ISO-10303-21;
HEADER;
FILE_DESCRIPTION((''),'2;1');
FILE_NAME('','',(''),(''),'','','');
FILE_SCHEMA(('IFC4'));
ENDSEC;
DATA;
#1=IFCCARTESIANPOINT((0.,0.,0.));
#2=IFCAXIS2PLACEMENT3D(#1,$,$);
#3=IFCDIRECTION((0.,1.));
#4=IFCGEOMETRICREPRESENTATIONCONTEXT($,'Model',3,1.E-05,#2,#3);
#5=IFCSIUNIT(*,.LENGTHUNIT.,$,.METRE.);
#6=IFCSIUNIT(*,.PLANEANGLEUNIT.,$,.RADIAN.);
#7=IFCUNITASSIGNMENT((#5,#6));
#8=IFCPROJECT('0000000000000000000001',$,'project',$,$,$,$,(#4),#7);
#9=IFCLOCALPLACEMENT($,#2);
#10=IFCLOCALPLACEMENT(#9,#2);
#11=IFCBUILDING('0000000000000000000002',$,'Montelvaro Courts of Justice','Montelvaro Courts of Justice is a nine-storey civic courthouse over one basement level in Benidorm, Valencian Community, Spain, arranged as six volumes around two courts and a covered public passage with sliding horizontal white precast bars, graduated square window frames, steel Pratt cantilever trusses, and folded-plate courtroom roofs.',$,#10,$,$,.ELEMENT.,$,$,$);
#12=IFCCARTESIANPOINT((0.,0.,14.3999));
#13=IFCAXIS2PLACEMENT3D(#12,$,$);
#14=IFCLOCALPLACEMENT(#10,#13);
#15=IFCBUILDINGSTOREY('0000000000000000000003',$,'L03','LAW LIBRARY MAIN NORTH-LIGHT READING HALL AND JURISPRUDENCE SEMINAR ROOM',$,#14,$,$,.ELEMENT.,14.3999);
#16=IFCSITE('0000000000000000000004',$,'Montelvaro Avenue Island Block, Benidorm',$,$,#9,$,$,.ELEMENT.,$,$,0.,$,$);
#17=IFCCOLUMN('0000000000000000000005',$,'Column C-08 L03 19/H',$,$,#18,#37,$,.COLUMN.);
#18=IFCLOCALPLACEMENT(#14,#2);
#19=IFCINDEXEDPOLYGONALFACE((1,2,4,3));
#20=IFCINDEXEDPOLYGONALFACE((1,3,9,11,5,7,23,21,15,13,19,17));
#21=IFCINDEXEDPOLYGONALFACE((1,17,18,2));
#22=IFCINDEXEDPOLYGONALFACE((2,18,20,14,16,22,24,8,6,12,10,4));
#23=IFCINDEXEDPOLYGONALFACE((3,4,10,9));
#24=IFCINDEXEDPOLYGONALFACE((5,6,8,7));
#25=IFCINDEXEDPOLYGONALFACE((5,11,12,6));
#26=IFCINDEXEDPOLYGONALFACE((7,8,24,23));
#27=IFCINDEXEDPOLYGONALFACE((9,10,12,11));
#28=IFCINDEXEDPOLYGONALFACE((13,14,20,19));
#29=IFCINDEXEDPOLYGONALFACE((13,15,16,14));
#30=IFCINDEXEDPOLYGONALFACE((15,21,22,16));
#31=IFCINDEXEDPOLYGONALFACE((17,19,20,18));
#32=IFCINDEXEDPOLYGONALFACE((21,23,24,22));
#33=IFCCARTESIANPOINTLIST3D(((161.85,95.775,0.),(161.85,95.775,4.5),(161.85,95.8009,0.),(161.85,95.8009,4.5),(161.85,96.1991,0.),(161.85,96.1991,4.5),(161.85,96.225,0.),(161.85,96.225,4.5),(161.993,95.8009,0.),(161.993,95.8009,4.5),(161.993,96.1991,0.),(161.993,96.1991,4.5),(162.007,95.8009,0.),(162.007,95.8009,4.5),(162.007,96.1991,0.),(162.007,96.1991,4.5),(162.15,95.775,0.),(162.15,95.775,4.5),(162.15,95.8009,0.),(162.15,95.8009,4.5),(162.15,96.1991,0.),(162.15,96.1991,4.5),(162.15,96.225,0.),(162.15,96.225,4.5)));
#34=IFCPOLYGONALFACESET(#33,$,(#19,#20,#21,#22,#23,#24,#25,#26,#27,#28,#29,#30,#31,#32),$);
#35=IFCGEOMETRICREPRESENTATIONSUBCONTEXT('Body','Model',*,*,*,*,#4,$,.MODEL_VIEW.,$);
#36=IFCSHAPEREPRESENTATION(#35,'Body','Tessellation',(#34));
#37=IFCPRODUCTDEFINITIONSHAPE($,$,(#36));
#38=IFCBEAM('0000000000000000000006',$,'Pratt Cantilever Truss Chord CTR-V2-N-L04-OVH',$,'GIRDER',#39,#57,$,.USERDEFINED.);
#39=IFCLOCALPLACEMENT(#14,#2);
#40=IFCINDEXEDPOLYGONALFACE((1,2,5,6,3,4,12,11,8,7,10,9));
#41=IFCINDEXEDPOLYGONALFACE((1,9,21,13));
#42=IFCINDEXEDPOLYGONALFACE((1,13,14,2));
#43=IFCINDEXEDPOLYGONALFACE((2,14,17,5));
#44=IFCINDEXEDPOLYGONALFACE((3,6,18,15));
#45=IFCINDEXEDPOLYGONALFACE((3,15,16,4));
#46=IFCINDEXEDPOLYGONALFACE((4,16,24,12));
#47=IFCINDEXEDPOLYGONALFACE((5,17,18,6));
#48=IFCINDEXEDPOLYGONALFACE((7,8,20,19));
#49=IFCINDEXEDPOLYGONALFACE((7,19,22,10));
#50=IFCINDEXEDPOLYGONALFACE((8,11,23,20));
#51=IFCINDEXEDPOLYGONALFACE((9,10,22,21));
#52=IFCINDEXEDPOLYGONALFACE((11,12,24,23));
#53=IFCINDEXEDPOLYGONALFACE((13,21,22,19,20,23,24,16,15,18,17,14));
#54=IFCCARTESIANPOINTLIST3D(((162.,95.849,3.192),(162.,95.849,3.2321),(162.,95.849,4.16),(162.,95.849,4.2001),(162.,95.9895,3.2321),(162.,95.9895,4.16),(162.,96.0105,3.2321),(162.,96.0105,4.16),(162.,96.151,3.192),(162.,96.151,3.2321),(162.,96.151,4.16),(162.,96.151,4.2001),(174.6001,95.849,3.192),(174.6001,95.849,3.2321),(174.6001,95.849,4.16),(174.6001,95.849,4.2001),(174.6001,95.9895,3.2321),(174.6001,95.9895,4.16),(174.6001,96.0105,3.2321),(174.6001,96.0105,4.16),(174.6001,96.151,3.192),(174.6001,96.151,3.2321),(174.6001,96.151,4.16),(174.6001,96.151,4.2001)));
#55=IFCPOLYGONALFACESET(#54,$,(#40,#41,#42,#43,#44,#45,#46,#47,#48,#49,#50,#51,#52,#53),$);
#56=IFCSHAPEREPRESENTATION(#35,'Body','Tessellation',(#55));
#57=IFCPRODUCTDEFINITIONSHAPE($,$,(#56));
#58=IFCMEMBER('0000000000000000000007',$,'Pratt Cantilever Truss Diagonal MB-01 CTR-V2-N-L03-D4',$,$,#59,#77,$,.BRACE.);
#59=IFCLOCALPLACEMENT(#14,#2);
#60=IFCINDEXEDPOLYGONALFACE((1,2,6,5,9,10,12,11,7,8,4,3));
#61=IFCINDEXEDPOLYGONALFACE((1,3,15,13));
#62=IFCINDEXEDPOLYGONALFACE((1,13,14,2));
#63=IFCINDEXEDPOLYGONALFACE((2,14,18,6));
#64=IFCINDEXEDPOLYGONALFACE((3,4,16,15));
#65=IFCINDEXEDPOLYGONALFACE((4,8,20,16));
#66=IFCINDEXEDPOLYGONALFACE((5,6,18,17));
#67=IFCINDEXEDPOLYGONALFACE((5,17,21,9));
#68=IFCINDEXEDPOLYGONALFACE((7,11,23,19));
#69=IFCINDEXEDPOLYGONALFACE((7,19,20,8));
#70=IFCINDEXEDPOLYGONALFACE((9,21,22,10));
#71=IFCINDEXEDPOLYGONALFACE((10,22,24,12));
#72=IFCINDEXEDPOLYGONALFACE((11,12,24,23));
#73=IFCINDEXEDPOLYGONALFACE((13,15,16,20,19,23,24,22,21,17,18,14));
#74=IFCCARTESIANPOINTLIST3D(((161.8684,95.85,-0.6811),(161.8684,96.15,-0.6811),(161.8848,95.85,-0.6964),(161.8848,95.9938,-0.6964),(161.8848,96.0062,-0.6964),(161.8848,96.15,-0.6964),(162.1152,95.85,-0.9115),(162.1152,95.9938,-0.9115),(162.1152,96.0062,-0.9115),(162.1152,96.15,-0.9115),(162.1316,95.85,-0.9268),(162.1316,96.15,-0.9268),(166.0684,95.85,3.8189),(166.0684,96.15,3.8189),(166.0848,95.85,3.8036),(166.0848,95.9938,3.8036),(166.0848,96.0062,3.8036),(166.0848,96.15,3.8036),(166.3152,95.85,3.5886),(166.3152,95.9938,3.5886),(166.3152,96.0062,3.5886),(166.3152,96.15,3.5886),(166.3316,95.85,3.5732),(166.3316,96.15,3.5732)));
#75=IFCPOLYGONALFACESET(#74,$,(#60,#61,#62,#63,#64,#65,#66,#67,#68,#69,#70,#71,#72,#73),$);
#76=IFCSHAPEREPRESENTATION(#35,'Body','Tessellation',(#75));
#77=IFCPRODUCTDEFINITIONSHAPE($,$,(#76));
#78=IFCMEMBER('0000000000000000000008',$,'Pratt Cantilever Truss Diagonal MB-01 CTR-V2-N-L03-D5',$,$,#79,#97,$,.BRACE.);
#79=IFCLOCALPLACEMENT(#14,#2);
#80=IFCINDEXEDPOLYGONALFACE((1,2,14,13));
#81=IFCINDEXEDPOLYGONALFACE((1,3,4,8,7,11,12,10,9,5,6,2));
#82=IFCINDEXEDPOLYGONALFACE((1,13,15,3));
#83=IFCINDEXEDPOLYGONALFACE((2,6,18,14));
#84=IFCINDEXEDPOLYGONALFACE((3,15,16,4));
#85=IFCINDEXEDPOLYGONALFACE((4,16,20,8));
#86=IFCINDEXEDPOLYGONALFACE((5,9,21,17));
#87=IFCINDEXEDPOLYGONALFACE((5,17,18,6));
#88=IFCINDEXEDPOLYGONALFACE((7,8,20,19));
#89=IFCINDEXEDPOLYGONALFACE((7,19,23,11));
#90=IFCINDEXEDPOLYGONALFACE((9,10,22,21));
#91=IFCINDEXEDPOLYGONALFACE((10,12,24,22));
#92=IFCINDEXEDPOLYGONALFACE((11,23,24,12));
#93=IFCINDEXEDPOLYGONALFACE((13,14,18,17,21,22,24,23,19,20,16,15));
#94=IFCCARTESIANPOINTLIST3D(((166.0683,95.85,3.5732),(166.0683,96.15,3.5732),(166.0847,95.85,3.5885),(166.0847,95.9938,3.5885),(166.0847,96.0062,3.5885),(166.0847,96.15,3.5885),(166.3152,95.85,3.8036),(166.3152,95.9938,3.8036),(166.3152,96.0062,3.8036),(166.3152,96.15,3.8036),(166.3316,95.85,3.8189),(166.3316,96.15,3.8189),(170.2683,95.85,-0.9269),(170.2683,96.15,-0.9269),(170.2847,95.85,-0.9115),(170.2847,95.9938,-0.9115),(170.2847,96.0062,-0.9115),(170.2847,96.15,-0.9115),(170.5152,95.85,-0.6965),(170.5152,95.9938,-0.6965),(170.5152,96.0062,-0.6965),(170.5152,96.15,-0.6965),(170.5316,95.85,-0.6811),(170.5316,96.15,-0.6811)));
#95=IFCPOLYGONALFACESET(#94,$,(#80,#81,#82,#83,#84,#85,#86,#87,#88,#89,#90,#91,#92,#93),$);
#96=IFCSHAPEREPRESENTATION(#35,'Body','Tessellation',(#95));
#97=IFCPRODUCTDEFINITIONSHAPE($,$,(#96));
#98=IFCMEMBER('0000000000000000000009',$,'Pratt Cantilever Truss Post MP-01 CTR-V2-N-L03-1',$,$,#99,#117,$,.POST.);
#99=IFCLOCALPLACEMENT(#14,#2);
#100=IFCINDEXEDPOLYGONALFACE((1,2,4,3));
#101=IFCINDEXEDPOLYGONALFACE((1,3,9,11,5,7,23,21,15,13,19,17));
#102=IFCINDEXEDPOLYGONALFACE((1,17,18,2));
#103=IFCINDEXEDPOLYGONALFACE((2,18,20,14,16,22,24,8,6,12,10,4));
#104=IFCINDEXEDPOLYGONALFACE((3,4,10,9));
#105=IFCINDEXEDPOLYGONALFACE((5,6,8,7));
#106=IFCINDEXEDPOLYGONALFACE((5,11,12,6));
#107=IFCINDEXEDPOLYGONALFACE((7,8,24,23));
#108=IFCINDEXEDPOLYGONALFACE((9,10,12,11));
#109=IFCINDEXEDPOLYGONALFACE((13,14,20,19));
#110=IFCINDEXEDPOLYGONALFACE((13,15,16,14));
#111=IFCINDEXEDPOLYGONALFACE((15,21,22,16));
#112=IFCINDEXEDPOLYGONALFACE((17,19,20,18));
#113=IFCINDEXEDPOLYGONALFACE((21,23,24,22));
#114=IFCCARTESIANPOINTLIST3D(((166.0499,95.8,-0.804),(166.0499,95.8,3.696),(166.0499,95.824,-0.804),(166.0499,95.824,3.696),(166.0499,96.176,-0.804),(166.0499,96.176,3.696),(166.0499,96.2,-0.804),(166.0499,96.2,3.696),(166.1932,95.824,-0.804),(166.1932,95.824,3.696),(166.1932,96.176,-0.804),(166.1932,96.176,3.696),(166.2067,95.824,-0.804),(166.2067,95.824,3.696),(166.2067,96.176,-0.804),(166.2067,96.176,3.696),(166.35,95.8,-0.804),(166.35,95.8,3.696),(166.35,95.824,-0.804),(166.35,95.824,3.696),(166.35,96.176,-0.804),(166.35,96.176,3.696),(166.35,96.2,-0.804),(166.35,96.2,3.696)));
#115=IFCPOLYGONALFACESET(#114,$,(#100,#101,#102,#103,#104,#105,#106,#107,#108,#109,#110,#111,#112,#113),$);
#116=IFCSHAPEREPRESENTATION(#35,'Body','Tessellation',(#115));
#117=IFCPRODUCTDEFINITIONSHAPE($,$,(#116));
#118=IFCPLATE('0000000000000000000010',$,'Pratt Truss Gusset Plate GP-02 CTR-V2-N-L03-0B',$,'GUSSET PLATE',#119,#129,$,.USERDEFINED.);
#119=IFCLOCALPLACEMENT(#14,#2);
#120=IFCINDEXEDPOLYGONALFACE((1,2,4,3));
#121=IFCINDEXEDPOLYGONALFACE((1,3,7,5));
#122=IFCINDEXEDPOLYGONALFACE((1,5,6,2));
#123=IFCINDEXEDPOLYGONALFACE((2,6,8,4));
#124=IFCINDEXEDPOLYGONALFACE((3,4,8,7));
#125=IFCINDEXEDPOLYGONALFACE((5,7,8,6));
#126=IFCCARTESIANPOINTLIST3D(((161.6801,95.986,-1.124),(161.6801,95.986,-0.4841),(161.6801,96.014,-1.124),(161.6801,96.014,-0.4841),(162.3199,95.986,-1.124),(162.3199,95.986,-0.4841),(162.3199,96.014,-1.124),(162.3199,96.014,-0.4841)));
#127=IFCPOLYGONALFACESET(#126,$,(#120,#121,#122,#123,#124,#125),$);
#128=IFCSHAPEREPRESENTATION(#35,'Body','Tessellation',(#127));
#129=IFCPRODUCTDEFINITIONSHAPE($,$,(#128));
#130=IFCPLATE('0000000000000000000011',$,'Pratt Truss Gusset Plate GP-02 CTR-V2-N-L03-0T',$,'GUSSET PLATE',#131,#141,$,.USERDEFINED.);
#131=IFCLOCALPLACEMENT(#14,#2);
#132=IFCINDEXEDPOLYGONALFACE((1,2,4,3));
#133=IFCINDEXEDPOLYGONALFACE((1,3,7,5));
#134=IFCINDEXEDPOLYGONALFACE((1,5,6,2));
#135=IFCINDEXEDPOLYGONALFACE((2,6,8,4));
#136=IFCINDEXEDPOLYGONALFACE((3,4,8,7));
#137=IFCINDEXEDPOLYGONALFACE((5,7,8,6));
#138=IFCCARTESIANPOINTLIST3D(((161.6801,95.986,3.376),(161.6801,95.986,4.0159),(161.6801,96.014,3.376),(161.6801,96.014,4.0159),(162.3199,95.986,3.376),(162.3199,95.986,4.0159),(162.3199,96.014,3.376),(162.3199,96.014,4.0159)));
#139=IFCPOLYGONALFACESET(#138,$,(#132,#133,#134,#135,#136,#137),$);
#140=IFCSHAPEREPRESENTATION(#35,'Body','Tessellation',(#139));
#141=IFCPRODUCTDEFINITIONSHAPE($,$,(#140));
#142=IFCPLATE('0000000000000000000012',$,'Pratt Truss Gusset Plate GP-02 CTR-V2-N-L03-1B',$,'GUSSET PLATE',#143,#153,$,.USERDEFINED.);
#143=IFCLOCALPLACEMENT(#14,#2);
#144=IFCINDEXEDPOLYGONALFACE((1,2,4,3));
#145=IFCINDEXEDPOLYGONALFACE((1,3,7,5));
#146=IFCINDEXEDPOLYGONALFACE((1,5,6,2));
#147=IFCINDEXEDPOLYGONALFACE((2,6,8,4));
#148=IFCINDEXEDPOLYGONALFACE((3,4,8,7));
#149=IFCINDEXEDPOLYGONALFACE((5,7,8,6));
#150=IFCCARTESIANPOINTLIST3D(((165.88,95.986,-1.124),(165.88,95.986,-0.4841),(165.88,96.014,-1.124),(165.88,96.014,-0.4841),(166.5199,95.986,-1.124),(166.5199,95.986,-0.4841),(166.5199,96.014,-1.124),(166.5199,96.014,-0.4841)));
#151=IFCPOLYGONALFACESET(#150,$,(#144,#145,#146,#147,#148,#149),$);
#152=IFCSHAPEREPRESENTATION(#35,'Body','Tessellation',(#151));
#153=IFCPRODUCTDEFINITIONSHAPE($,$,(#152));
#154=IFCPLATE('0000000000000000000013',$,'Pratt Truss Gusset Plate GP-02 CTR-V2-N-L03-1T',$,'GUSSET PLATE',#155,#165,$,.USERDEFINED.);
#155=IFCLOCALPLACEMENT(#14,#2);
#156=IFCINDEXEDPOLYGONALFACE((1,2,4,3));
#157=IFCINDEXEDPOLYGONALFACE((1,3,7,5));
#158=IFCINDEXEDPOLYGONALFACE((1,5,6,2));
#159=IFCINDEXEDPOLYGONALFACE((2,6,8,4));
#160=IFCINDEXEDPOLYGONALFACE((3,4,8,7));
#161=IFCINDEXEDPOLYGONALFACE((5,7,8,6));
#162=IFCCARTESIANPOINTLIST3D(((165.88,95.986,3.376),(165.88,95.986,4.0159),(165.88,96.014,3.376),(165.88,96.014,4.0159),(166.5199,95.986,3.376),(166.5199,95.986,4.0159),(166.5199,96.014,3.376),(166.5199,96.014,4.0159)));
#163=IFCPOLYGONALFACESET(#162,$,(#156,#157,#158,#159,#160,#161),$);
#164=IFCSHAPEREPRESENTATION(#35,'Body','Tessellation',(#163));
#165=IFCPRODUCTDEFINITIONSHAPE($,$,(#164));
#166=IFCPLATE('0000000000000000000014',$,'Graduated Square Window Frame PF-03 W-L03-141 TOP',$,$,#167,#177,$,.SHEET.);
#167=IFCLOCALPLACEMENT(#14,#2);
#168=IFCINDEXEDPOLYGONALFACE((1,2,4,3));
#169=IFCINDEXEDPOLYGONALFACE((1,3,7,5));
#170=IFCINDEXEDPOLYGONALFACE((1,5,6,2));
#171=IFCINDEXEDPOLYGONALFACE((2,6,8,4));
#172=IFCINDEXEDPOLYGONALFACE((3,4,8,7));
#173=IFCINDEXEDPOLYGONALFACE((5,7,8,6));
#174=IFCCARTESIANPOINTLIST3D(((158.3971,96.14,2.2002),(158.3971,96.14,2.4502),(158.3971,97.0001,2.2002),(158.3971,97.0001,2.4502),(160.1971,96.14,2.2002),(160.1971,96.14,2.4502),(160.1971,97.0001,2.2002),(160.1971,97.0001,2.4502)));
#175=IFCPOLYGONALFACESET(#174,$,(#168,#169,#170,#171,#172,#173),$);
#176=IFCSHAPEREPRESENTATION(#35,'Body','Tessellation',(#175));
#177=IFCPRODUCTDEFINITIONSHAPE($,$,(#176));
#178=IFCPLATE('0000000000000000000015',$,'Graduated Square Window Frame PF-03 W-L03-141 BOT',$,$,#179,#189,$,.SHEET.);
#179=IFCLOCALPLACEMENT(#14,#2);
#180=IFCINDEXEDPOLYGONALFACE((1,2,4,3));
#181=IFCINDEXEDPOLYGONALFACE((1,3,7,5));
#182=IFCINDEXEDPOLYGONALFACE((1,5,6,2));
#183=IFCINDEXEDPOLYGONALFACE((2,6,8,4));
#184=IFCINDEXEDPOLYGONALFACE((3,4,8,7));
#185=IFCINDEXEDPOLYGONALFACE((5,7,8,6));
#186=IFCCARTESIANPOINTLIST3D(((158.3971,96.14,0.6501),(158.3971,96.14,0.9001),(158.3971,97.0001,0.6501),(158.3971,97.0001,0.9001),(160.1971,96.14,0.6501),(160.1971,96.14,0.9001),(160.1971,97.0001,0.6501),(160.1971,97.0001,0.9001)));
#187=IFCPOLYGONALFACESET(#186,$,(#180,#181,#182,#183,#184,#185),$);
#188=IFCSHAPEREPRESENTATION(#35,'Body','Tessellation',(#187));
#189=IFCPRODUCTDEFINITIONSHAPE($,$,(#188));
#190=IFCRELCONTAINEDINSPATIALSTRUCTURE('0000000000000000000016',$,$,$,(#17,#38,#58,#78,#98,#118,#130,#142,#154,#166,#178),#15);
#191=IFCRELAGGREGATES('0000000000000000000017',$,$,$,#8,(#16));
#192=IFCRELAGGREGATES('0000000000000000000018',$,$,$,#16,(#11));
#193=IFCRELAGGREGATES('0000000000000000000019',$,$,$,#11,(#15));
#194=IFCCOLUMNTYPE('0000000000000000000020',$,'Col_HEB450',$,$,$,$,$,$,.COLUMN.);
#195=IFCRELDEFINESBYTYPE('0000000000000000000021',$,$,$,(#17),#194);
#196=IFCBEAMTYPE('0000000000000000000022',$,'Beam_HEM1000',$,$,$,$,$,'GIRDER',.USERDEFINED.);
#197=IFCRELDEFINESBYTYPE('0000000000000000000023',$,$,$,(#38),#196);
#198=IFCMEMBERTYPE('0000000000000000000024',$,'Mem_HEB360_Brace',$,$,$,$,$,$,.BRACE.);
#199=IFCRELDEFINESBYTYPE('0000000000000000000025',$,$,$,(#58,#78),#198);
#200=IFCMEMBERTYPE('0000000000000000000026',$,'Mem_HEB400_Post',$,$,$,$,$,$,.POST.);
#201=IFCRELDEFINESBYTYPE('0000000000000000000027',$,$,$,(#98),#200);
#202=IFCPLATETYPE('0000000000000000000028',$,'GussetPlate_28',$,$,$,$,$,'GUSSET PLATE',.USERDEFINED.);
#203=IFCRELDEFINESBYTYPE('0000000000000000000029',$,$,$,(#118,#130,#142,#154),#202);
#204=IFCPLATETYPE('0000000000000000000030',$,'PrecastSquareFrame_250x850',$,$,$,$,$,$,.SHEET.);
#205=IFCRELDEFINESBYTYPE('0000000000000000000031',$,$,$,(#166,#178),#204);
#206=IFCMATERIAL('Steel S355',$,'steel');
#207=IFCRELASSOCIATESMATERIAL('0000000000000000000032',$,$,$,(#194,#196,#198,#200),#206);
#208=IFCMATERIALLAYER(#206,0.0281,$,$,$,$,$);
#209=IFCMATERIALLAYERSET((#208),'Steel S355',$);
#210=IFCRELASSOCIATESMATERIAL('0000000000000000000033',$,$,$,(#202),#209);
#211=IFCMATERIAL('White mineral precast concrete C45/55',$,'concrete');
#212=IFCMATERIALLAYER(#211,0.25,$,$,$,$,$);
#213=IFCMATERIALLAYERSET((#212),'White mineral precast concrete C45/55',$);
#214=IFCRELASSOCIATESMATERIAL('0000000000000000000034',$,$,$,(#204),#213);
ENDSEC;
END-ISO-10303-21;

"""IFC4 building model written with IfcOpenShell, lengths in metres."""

from ifc_helpers import new_model, si_unit, direction, frame, origin, origin_2d, place, context, subcontext, project, spatial, rectangle, i_section, extrude, material, layer, layer_set, material_profile, profile_set, type_object, element, save


model = new_model("IFC4")

# Units and contexts
model_context = context("Model", 3, precision=1e-05, world=origin(), true_north=direction((0.0, 1.0)))
body_context = subcontext(model_context, "Body", "Model", "MODEL_VIEW")
ifc_project = project(units=[si_unit("LENGTHUNIT", "METRE"), si_unit("PLANEANGLEUNIT", "RADIAN")], contexts=[model_context])

# Site, building, storey
site_placement = place(None, origin())
site = spatial("IfcSite", under=ifc_project, at=site_placement, Name="Montelvaro Avenue Island Block, Benidorm", CompositionType="ELEMENT", RefElevation=0.0)
building_placement = place(site_placement, origin())
building = spatial("IfcBuilding", under=site, at=building_placement, Name="Montelvaro Courts of Justice", Description="Montelvaro Courts of Justice is a nine-storey civic courthouse over one basement level in Benidorm, Valencian Community, Spain, arranged as six volumes around two courts and a covered public passage with sliding horizontal white precast bars, graduated square window frames, steel Pratt cantilever trusses, and folded-plate courtroom roofs.", CompositionType="ELEMENT")
storey_placement = place(building_placement, frame((0.0, 0.0, 14.3999)))
storey = spatial("IfcBuildingStorey", under=building, at=storey_placement, Name="L03", Description="LAW LIBRARY MAIN NORTH-LIGHT READING HALL AND JURISPRUDENCE SEMINAR ROOM", CompositionType="ELEMENT", Elevation=14.3999)

# Column
ifc_material_1 = material(Name="Steel S355", Category="steel")
ifc_material_profile_1 = material_profile(ifc_material_1, i_section(OverallWidth=0.3, OverallDepth=0.45, WebThickness=0.0139, FlangeThickness=0.0259, at=origin_2d()), Name="HEB 450")
ifc_profile_set_1 = profile_set([ifc_material_profile_1], Name="Steel S355")
column_type = type_object("IfcColumnType", Name="Col_HEB450", PredefinedType="COLUMN", material=ifc_profile_set_1)
column_placement = place(storey_placement, frame((162.0, 96.0, 0.0), z_axis=(0.0, 0.0, 1.0), x_axis=(1.0, 0.0, 0.0)))
element("IfcColumn", 1, at=column_placement, inside=storey, type_object=column_type, Name="Column C-08 L03 19/H", PredefinedType="COLUMN", context=body_context, shape_type="SweptSolid", body=[
    extrude(i_section(OverallWidth=0.3, OverallDepth=0.45, WebThickness=0.0139, FlangeThickness=0.0259, at=origin_2d()), origin(), (0.0, 0.0, 1.0), 4.5),
])

# Beam
ifc_material_profile_2 = material_profile(ifc_material_1, i_section(OverallWidth=0.302, OverallDepth=1.0081, WebThickness=0.021, FlangeThickness=0.04, at=origin_2d()), Name="HEM 1000")
ifc_profile_set_2 = profile_set([ifc_material_profile_2], Name="Steel S355")
beam_type = type_object("IfcBeamType", Name="Beam_HEM1000", ElementType="GIRDER", PredefinedType="USERDEFINED", material=ifc_profile_set_2)
beam_placement = place(storey_placement, frame((162.0, 96.0, 3.696), z_axis=(1.0, 0.0, 0.0), x_axis=(0.0, 1.0, 0.0)))
element("IfcBeam", 2, at=beam_placement, inside=storey, type_object=beam_type, Name="Pratt Cantilever Truss Chord CTR-V2-N-L04-OVH", ObjectType="GIRDER", PredefinedType="USERDEFINED", context=body_context, shape_type="SweptSolid", body=[
    extrude(i_section(OverallWidth=0.302, OverallDepth=1.0081, WebThickness=0.021, FlangeThickness=0.04, at=origin_2d()), origin(), (0.0, 0.0, 1.0), 12.6001),
])

# Members
ifc_material_profile_3 = material_profile(ifc_material_1, i_section(OverallWidth=0.3, OverallDepth=0.3601, WebThickness=0.0125, FlangeThickness=0.0225, at=origin_2d()), Name="HEB 360")
ifc_profile_set_3 = profile_set([ifc_material_profile_3], Name="Steel S355")
member_type_1 = type_object("IfcMemberType", Name="Mem_HEB360_Brace", PredefinedType="BRACE", material=ifc_profile_set_3)
for number, where, z_axis, x_axis, name in (
    (3, (162.0, 96.0, -0.804), (0.682314, 0.0, 0.731059), (0.0, 1.0, 0.0), "Pratt Cantilever Truss Diagonal MB-01 CTR-V2-N-L03-D4"),
    (4, (166.2, 96.0, 3.696), (0.682314, 0.0, -0.731059), (0.0, 1.0, 0.0), "Pratt Cantilever Truss Diagonal MB-01 CTR-V2-N-L03-D5"),
):
    element("IfcMember", number, at=place(storey_placement, frame(where, z_axis=z_axis, x_axis=x_axis)), inside=storey, type_object=member_type_1, Name=name, PredefinedType="BRACE", context=body_context, shape_type="SweptSolid", body=[
        extrude(i_section(OverallWidth=0.3, OverallDepth=0.3601, WebThickness=0.0125, FlangeThickness=0.0225, at=origin_2d()), origin(), (0.0, 0.0, 1.0), 6.1555),
    ])
ifc_material_profile_4 = material_profile(ifc_material_1, i_section(OverallWidth=0.3, OverallDepth=0.3999, WebThickness=0.0134, FlangeThickness=0.0239, at=origin_2d()), Name="HEB 400")
ifc_profile_set_4 = profile_set([ifc_material_profile_4], Name="Steel S355")
member_type_2 = type_object("IfcMemberType", Name="Mem_HEB400_Post", PredefinedType="POST", material=ifc_profile_set_4)
member_placement = place(storey_placement, frame((166.2, 96.0, -0.804), z_axis=(0.0, 0.0, 1.0), x_axis=(1.0, 0.0, 0.0)))
element("IfcMember", 5, at=member_placement, inside=storey, type_object=member_type_2, Name="Pratt Cantilever Truss Post MP-01 CTR-V2-N-L03-1", PredefinedType="POST", context=body_context, shape_type="SweptSolid", body=[
    extrude(i_section(OverallWidth=0.3, OverallDepth=0.3999, WebThickness=0.0134, FlangeThickness=0.0239, at=origin_2d()), origin(), (0.0, 0.0, 1.0), 4.5),
])

# Plates
ifc_layer_1 = layer(ifc_material_1, 0.0281)
ifc_layer_set_1 = layer_set([ifc_layer_1], Name="Steel S355")
plate_type_1 = type_object("IfcPlateType", Name="GussetPlate_28", ElementType="GUSSET PLATE", PredefinedType="USERDEFINED", material=ifc_layer_set_1)
for number, where, z_axis, x_axis, name in (
    (6, (162.0, 96.0, -1.124), (0.0, 0.0, 1.0), (1.0, 0.0, 0.0), "Pratt Truss Gusset Plate GP-02 CTR-V2-N-L03-0B"),
    (7, (162.0, 96.0, 3.376), (0.0, 0.0, 1.0), (1.0, 0.0, 0.0), "Pratt Truss Gusset Plate GP-02 CTR-V2-N-L03-0T"),
    (8, (166.2, 96.0, -1.124), (0.0, 0.0, 1.0), (1.0, 0.0, 0.0), "Pratt Truss Gusset Plate GP-02 CTR-V2-N-L03-1B"),
    (9, (166.2, 96.0, 3.376), (0.0, 0.0, 1.0), (1.0, 0.0, 0.0), "Pratt Truss Gusset Plate GP-02 CTR-V2-N-L03-1T"),
):
    element("IfcPlate", number, at=place(storey_placement, frame(where, z_axis=z_axis, x_axis=x_axis)), inside=storey, type_object=plate_type_1, Name=name, ObjectType="GUSSET PLATE", PredefinedType="USERDEFINED", context=body_context, shape_type="SweptSolid", body=[
        extrude(rectangle(XDim=0.6399, YDim=0.0281, at=origin_2d()), origin(), (0.0, 0.0, 1.0), 0.6399),
    ])
ifc_material_2 = material(Name="White mineral precast concrete C45/55", Category="concrete")
ifc_layer_2 = layer(ifc_material_2, 0.25)
ifc_layer_set_2 = layer_set([ifc_layer_2], Name="White mineral precast concrete C45/55")
plate_type_2 = type_object("IfcPlateType", Name="PrecastSquareFrame_250x850", PredefinedType="SHEET", material=ifc_layer_set_2)
for number, where, z_axis, x_axis, name in (
    (10, (159.2971, 96.5701, 2.2002), (0.0, 0.0, 1.0), (-1.0, 0.0, 0.0), "Graduated Square Window Frame PF-03 W-L03-141 TOP"),
    (11, (159.2971, 96.5701, 0.6501), (0.0, 0.0, 1.0), (-1.0, 0.0, 0.0), "Graduated Square Window Frame PF-03 W-L03-141 BOT"),
):
    element("IfcPlate", number, at=place(storey_placement, frame(where, z_axis=z_axis, x_axis=x_axis)), inside=storey, type_object=plate_type_2, Name=name, PredefinedType="SHEET", context=body_context, shape_type="SweptSolid", body=[
        extrude(rectangle(XDim=1.8, YDim=0.8601, at=origin_2d()), origin(), (0.0, 0.0, 1.0), 0.25),
    ])

save(model, "model.ifc")
